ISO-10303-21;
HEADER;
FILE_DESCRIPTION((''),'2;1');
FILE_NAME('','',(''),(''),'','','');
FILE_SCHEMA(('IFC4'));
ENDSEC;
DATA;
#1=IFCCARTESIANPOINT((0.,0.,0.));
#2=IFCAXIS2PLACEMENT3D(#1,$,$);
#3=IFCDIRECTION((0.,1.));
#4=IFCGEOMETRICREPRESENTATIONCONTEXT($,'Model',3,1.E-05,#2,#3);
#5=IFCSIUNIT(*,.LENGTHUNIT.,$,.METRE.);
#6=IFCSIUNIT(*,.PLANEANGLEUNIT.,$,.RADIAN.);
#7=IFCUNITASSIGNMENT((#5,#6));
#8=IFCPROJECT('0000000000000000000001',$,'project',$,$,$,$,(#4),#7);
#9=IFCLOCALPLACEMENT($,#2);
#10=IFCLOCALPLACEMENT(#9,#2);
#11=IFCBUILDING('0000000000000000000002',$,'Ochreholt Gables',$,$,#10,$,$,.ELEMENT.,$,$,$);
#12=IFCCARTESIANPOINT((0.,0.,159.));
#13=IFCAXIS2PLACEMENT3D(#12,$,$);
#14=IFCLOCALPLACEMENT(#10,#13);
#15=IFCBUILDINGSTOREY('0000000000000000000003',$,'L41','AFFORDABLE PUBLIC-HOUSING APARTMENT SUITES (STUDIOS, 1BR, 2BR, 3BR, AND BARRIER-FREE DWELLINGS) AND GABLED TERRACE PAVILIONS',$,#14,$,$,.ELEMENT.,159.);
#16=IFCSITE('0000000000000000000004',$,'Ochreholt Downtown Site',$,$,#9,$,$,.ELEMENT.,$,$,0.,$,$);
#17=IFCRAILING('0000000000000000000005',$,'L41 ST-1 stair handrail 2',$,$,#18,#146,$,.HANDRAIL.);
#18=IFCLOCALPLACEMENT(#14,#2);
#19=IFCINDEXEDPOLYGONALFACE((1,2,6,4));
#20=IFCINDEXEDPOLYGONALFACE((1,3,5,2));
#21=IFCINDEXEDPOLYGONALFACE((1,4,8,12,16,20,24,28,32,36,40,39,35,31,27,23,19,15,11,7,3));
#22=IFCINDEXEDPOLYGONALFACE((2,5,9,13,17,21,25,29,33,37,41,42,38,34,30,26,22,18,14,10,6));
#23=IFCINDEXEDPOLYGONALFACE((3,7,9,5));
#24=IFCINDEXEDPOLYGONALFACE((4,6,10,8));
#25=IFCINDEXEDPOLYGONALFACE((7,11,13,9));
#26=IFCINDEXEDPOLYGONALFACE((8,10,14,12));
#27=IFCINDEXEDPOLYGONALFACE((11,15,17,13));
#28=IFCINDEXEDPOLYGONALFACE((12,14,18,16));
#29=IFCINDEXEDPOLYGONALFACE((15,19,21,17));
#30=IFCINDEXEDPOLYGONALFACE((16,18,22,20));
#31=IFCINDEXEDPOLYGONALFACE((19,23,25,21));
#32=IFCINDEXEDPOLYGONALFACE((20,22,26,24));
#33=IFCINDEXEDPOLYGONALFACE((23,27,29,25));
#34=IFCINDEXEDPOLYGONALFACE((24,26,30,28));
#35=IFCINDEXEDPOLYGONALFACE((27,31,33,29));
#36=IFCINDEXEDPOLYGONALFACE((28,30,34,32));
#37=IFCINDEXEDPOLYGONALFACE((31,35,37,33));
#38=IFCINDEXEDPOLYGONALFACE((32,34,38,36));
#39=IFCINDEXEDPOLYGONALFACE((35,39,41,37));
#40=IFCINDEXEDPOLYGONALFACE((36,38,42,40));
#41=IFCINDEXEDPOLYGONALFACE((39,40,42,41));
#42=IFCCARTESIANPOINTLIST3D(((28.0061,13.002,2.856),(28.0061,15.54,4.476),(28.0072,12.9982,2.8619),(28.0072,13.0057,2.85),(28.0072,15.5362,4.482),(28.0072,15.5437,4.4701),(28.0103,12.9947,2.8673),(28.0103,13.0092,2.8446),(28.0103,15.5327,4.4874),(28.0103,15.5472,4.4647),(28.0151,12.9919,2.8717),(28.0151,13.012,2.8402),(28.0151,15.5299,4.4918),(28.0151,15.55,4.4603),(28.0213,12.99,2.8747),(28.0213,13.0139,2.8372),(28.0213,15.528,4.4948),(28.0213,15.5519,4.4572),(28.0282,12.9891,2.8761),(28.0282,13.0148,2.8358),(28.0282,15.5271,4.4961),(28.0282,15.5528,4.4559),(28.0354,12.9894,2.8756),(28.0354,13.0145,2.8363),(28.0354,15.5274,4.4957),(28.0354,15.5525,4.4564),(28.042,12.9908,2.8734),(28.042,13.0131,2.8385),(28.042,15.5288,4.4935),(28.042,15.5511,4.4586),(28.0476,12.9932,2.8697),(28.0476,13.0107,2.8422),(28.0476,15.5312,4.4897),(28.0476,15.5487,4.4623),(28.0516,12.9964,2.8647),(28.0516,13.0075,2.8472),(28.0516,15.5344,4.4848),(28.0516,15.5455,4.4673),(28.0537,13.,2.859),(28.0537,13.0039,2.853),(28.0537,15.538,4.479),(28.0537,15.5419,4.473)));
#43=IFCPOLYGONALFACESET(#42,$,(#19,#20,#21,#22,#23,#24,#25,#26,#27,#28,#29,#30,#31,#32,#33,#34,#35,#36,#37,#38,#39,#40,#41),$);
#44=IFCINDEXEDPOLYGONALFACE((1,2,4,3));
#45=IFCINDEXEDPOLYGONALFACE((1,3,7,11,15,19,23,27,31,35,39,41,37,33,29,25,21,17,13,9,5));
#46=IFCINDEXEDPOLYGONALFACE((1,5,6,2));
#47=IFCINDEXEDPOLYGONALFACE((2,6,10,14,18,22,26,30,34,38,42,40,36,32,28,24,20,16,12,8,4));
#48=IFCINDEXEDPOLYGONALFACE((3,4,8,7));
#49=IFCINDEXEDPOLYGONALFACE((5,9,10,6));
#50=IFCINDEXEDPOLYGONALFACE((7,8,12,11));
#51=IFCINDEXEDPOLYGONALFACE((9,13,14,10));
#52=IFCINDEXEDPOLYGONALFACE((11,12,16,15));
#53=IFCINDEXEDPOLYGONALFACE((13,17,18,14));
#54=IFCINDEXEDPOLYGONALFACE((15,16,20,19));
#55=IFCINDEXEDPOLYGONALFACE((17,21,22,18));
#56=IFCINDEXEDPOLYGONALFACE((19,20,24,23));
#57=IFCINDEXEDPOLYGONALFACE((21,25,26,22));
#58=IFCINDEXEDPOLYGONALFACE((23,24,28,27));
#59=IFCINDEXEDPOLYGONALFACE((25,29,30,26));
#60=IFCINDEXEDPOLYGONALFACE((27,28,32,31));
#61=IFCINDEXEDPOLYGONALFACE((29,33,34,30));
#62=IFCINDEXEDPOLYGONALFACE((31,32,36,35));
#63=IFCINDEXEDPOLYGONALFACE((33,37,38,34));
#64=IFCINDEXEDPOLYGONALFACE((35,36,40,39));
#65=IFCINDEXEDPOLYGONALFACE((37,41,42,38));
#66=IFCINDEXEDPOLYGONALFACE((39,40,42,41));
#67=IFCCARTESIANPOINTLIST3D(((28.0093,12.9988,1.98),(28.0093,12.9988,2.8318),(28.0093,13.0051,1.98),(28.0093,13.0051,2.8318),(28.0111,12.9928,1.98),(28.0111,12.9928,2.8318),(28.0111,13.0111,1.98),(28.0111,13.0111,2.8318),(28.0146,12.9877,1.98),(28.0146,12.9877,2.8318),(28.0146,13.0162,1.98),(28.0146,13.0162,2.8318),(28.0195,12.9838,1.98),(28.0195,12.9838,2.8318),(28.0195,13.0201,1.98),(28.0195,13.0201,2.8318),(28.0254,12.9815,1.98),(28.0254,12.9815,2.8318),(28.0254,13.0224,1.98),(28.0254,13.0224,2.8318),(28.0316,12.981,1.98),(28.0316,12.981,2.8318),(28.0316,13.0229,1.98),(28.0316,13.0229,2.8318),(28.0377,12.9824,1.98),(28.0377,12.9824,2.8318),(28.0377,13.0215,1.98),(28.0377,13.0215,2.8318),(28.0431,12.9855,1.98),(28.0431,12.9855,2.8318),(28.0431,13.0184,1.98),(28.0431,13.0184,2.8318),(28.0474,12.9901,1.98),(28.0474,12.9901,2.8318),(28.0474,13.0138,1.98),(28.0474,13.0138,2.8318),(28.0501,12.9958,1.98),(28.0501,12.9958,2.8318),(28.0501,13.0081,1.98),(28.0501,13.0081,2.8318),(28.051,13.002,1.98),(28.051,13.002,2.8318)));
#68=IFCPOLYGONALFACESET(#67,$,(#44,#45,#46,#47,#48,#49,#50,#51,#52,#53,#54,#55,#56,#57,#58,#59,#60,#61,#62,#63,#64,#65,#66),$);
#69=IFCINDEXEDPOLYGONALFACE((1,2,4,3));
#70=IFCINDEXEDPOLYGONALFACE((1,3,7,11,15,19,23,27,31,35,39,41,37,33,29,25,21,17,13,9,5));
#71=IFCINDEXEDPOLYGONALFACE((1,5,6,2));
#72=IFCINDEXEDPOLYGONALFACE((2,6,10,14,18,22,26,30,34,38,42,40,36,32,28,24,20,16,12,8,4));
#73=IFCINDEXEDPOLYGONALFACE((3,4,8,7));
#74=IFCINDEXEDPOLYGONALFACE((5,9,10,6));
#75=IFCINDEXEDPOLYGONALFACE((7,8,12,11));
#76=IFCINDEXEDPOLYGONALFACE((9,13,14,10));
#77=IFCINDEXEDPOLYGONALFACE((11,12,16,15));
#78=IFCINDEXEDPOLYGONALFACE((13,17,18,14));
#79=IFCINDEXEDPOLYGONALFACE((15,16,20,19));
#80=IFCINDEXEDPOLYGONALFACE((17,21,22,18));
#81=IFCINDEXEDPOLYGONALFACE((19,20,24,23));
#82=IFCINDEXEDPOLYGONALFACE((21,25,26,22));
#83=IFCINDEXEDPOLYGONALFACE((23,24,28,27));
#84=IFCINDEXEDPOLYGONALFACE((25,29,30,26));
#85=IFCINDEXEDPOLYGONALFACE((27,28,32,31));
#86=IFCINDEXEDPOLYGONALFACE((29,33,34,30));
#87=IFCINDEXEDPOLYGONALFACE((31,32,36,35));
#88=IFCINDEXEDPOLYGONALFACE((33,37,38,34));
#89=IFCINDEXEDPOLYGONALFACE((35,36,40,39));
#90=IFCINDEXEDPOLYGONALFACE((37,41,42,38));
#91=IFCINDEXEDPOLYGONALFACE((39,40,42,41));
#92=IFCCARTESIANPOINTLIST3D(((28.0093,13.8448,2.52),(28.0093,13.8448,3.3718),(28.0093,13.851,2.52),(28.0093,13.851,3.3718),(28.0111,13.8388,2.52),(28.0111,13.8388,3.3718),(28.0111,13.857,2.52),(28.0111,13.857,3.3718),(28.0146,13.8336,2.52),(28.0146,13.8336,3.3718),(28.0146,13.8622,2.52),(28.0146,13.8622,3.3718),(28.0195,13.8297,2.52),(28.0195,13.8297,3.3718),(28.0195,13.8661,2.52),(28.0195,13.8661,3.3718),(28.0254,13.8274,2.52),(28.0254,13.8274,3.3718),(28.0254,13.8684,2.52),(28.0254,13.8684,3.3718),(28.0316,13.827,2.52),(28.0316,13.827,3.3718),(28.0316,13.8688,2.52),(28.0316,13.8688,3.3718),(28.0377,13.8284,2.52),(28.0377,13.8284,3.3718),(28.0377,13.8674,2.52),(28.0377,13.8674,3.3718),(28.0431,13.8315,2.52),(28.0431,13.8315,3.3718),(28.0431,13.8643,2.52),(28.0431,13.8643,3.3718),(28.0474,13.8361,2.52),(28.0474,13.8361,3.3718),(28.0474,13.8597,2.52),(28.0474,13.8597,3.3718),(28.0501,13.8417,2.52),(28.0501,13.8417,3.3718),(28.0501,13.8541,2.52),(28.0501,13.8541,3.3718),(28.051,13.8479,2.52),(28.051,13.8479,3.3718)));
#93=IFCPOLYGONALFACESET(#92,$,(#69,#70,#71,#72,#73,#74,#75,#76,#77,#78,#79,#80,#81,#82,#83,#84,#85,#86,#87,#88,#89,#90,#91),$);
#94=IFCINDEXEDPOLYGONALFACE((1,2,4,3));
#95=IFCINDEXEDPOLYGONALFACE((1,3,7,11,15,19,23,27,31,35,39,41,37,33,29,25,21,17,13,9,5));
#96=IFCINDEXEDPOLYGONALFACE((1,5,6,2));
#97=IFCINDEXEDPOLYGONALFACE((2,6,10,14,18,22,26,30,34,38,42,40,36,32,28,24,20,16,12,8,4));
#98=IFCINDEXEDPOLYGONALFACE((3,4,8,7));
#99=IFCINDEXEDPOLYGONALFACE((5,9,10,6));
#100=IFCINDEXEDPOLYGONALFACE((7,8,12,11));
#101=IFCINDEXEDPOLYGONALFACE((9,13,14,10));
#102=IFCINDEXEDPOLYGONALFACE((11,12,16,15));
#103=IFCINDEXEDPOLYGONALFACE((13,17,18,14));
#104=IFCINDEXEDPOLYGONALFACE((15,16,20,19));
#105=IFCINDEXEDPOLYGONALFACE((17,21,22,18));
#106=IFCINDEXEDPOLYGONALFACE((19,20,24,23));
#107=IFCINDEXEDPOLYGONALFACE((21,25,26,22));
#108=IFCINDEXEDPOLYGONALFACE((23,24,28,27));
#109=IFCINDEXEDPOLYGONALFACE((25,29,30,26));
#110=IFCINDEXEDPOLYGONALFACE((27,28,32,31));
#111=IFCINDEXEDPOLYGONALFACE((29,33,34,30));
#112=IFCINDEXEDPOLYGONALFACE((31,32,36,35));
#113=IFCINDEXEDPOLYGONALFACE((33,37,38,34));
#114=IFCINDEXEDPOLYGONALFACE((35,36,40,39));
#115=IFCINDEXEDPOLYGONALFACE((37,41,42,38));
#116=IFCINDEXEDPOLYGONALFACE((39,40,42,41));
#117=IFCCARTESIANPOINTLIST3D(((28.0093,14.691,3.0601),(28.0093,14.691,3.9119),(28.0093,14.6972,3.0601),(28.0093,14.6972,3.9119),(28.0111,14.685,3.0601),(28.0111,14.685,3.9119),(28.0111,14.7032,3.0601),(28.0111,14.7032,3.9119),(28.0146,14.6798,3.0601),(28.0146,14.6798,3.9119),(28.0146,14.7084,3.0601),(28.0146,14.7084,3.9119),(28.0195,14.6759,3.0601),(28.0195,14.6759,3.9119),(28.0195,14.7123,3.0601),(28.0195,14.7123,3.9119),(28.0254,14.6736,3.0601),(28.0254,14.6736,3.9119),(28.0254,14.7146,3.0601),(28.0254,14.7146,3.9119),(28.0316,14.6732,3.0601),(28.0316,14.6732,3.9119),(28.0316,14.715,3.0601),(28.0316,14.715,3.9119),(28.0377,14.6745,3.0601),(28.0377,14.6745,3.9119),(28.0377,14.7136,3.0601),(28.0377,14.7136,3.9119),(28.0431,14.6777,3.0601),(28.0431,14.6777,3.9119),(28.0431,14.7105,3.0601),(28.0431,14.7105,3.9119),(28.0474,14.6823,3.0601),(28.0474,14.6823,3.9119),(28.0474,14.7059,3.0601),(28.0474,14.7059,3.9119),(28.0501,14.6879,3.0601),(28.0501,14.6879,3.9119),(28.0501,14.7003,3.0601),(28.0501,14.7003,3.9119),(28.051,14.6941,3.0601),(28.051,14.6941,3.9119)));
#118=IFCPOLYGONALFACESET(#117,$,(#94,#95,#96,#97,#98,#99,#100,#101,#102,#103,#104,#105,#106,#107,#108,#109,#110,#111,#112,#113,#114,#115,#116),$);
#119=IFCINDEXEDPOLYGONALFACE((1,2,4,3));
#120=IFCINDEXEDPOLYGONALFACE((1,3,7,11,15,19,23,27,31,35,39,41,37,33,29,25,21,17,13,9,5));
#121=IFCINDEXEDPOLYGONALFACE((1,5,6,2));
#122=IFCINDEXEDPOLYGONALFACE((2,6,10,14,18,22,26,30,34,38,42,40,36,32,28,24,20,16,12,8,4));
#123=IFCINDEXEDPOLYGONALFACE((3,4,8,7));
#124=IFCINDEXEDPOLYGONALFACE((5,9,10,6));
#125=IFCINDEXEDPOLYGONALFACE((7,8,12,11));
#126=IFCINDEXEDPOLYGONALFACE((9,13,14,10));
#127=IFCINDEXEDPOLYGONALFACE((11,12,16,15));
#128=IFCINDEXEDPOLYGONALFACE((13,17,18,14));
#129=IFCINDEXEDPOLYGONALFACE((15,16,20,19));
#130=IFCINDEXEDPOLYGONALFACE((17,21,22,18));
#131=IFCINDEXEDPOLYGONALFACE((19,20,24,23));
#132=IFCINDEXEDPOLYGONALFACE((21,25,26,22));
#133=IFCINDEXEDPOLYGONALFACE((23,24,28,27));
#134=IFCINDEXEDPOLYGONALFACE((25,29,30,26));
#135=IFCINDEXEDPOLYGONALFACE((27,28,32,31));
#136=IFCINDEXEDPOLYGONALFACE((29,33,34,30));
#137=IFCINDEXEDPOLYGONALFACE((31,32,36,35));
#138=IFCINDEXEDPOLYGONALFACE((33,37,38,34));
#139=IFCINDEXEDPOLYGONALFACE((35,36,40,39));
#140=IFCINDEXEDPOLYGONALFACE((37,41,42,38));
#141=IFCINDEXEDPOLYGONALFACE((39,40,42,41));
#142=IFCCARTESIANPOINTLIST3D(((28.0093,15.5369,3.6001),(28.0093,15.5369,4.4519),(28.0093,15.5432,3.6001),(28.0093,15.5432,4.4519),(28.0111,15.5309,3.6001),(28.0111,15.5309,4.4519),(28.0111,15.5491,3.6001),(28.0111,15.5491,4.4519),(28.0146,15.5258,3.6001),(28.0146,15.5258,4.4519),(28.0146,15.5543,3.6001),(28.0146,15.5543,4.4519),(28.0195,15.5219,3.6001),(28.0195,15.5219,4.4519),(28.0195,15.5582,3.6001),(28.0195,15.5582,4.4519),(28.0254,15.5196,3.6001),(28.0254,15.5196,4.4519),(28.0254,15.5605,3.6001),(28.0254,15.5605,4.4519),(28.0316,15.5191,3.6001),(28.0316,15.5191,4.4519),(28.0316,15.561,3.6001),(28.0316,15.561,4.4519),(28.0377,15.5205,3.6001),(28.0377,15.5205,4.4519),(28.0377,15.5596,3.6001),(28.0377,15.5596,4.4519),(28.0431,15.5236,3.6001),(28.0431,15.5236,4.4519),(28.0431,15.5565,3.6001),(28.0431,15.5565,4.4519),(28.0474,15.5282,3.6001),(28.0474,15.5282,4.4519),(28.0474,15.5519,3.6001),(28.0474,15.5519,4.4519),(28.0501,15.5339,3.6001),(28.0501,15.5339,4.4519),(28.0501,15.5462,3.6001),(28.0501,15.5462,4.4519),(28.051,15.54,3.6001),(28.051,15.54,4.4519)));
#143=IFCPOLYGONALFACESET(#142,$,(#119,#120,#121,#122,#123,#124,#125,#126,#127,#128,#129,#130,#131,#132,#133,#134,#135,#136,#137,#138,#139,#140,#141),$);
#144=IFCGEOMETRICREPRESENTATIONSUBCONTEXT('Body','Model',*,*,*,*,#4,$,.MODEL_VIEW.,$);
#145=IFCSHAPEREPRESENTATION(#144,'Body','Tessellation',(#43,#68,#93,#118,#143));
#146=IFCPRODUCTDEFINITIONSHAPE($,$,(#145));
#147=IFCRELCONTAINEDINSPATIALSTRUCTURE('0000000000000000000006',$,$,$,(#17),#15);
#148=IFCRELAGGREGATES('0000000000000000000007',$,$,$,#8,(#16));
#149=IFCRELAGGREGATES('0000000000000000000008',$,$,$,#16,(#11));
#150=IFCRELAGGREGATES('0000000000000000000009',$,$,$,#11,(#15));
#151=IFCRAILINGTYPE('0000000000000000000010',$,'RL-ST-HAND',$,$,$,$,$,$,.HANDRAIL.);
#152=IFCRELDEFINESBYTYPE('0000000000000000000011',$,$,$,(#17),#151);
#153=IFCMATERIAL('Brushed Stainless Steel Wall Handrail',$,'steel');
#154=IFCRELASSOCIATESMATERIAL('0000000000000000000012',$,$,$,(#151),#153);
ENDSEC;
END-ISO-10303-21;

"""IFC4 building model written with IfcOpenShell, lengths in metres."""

from ifc_helpers import new_model, si_unit, direction, frame, origin, origin_2d, place, context, subcontext, project, spatial, circle, extrude, material, type_object, element, save


model = new_model("IFC4")

# Units and contexts
model_context = context("Model", 3, precision=1e-05, world=origin(), true_north=direction((0.0, 1.0)))
body_context = subcontext(model_context, "Body", "Model", "MODEL_VIEW")
ifc_project = project(units=[si_unit("LENGTHUNIT", "METRE"), si_unit("PLANEANGLEUNIT", "RADIAN")], contexts=[model_context])

# Site, building, storey
site_placement = place(None, origin())
site = spatial("IfcSite", under=ifc_project, at=site_placement, Name="Ochreholt Downtown Site", CompositionType="ELEMENT", RefElevation=0.0)
building_placement = place(site_placement, origin())
building = spatial("IfcBuilding", under=site, at=building_placement, Name="Ochreholt Gables", CompositionType="ELEMENT")
storey_placement = place(building_placement, frame((0.0, 0.0, 159.0)))
storey = spatial("IfcBuildingStorey", under=building, at=storey_placement, Name="L41", Description="AFFORDABLE PUBLIC-HOUSING APARTMENT SUITES (STUDIOS, 1BR, 2BR, 3BR, AND BARRIER-FREE DWELLINGS) AND GABLED TERRACE PAVILIONS", CompositionType="ELEMENT", Elevation=159.0)

# Railing
ifc_material_1 = material(Name="Brushed Stainless Steel Wall Handrail", Category="steel")
railing_type_1 = type_object("IfcRailingType", Name="RL-ST-HAND", PredefinedType="HANDRAIL", material=ifc_material_1)
railing_1_placement = place(storey_placement, frame((28.03, 13.002, 1.98)))
element("IfcRailing", 1, at=railing_1_placement, inside=storey, type_object=railing_type_1, Name="L41 ST-1 stair handrail 2", PredefinedType="HANDRAIL", context=body_context, shape_type="SweptSolid", body=[
    extrude(circle(Radius=0.0239, at=origin_2d()), frame((0.0, 0.0, 0.876), z_axis=(0.0, 0.842913, 0.53805), x_axis=(-1.0, 0.0, 0.0)), (0.0, 0.0, 1.0), 3.011),
    extrude(circle(Radius=0.021, at=origin_2d()), origin(), (0.0, 0.0, 1.0), 0.8518),
    extrude(circle(Radius=0.021, at=origin_2d()), frame((0.0, 0.8459, 0.54)), (0.0, 0.0, 1.0), 0.8518),
    extrude(circle(Radius=0.021, at=origin_2d()), frame((0.0, 1.6921, 1.0801)), (0.0, 0.0, 1.0), 0.8518),
    extrude(circle(Radius=0.021, at=origin_2d()), frame((0.0, 2.5381, 1.6201)), (0.0, 0.0, 1.0), 0.8518),
])

save(model, "model.ifc")
